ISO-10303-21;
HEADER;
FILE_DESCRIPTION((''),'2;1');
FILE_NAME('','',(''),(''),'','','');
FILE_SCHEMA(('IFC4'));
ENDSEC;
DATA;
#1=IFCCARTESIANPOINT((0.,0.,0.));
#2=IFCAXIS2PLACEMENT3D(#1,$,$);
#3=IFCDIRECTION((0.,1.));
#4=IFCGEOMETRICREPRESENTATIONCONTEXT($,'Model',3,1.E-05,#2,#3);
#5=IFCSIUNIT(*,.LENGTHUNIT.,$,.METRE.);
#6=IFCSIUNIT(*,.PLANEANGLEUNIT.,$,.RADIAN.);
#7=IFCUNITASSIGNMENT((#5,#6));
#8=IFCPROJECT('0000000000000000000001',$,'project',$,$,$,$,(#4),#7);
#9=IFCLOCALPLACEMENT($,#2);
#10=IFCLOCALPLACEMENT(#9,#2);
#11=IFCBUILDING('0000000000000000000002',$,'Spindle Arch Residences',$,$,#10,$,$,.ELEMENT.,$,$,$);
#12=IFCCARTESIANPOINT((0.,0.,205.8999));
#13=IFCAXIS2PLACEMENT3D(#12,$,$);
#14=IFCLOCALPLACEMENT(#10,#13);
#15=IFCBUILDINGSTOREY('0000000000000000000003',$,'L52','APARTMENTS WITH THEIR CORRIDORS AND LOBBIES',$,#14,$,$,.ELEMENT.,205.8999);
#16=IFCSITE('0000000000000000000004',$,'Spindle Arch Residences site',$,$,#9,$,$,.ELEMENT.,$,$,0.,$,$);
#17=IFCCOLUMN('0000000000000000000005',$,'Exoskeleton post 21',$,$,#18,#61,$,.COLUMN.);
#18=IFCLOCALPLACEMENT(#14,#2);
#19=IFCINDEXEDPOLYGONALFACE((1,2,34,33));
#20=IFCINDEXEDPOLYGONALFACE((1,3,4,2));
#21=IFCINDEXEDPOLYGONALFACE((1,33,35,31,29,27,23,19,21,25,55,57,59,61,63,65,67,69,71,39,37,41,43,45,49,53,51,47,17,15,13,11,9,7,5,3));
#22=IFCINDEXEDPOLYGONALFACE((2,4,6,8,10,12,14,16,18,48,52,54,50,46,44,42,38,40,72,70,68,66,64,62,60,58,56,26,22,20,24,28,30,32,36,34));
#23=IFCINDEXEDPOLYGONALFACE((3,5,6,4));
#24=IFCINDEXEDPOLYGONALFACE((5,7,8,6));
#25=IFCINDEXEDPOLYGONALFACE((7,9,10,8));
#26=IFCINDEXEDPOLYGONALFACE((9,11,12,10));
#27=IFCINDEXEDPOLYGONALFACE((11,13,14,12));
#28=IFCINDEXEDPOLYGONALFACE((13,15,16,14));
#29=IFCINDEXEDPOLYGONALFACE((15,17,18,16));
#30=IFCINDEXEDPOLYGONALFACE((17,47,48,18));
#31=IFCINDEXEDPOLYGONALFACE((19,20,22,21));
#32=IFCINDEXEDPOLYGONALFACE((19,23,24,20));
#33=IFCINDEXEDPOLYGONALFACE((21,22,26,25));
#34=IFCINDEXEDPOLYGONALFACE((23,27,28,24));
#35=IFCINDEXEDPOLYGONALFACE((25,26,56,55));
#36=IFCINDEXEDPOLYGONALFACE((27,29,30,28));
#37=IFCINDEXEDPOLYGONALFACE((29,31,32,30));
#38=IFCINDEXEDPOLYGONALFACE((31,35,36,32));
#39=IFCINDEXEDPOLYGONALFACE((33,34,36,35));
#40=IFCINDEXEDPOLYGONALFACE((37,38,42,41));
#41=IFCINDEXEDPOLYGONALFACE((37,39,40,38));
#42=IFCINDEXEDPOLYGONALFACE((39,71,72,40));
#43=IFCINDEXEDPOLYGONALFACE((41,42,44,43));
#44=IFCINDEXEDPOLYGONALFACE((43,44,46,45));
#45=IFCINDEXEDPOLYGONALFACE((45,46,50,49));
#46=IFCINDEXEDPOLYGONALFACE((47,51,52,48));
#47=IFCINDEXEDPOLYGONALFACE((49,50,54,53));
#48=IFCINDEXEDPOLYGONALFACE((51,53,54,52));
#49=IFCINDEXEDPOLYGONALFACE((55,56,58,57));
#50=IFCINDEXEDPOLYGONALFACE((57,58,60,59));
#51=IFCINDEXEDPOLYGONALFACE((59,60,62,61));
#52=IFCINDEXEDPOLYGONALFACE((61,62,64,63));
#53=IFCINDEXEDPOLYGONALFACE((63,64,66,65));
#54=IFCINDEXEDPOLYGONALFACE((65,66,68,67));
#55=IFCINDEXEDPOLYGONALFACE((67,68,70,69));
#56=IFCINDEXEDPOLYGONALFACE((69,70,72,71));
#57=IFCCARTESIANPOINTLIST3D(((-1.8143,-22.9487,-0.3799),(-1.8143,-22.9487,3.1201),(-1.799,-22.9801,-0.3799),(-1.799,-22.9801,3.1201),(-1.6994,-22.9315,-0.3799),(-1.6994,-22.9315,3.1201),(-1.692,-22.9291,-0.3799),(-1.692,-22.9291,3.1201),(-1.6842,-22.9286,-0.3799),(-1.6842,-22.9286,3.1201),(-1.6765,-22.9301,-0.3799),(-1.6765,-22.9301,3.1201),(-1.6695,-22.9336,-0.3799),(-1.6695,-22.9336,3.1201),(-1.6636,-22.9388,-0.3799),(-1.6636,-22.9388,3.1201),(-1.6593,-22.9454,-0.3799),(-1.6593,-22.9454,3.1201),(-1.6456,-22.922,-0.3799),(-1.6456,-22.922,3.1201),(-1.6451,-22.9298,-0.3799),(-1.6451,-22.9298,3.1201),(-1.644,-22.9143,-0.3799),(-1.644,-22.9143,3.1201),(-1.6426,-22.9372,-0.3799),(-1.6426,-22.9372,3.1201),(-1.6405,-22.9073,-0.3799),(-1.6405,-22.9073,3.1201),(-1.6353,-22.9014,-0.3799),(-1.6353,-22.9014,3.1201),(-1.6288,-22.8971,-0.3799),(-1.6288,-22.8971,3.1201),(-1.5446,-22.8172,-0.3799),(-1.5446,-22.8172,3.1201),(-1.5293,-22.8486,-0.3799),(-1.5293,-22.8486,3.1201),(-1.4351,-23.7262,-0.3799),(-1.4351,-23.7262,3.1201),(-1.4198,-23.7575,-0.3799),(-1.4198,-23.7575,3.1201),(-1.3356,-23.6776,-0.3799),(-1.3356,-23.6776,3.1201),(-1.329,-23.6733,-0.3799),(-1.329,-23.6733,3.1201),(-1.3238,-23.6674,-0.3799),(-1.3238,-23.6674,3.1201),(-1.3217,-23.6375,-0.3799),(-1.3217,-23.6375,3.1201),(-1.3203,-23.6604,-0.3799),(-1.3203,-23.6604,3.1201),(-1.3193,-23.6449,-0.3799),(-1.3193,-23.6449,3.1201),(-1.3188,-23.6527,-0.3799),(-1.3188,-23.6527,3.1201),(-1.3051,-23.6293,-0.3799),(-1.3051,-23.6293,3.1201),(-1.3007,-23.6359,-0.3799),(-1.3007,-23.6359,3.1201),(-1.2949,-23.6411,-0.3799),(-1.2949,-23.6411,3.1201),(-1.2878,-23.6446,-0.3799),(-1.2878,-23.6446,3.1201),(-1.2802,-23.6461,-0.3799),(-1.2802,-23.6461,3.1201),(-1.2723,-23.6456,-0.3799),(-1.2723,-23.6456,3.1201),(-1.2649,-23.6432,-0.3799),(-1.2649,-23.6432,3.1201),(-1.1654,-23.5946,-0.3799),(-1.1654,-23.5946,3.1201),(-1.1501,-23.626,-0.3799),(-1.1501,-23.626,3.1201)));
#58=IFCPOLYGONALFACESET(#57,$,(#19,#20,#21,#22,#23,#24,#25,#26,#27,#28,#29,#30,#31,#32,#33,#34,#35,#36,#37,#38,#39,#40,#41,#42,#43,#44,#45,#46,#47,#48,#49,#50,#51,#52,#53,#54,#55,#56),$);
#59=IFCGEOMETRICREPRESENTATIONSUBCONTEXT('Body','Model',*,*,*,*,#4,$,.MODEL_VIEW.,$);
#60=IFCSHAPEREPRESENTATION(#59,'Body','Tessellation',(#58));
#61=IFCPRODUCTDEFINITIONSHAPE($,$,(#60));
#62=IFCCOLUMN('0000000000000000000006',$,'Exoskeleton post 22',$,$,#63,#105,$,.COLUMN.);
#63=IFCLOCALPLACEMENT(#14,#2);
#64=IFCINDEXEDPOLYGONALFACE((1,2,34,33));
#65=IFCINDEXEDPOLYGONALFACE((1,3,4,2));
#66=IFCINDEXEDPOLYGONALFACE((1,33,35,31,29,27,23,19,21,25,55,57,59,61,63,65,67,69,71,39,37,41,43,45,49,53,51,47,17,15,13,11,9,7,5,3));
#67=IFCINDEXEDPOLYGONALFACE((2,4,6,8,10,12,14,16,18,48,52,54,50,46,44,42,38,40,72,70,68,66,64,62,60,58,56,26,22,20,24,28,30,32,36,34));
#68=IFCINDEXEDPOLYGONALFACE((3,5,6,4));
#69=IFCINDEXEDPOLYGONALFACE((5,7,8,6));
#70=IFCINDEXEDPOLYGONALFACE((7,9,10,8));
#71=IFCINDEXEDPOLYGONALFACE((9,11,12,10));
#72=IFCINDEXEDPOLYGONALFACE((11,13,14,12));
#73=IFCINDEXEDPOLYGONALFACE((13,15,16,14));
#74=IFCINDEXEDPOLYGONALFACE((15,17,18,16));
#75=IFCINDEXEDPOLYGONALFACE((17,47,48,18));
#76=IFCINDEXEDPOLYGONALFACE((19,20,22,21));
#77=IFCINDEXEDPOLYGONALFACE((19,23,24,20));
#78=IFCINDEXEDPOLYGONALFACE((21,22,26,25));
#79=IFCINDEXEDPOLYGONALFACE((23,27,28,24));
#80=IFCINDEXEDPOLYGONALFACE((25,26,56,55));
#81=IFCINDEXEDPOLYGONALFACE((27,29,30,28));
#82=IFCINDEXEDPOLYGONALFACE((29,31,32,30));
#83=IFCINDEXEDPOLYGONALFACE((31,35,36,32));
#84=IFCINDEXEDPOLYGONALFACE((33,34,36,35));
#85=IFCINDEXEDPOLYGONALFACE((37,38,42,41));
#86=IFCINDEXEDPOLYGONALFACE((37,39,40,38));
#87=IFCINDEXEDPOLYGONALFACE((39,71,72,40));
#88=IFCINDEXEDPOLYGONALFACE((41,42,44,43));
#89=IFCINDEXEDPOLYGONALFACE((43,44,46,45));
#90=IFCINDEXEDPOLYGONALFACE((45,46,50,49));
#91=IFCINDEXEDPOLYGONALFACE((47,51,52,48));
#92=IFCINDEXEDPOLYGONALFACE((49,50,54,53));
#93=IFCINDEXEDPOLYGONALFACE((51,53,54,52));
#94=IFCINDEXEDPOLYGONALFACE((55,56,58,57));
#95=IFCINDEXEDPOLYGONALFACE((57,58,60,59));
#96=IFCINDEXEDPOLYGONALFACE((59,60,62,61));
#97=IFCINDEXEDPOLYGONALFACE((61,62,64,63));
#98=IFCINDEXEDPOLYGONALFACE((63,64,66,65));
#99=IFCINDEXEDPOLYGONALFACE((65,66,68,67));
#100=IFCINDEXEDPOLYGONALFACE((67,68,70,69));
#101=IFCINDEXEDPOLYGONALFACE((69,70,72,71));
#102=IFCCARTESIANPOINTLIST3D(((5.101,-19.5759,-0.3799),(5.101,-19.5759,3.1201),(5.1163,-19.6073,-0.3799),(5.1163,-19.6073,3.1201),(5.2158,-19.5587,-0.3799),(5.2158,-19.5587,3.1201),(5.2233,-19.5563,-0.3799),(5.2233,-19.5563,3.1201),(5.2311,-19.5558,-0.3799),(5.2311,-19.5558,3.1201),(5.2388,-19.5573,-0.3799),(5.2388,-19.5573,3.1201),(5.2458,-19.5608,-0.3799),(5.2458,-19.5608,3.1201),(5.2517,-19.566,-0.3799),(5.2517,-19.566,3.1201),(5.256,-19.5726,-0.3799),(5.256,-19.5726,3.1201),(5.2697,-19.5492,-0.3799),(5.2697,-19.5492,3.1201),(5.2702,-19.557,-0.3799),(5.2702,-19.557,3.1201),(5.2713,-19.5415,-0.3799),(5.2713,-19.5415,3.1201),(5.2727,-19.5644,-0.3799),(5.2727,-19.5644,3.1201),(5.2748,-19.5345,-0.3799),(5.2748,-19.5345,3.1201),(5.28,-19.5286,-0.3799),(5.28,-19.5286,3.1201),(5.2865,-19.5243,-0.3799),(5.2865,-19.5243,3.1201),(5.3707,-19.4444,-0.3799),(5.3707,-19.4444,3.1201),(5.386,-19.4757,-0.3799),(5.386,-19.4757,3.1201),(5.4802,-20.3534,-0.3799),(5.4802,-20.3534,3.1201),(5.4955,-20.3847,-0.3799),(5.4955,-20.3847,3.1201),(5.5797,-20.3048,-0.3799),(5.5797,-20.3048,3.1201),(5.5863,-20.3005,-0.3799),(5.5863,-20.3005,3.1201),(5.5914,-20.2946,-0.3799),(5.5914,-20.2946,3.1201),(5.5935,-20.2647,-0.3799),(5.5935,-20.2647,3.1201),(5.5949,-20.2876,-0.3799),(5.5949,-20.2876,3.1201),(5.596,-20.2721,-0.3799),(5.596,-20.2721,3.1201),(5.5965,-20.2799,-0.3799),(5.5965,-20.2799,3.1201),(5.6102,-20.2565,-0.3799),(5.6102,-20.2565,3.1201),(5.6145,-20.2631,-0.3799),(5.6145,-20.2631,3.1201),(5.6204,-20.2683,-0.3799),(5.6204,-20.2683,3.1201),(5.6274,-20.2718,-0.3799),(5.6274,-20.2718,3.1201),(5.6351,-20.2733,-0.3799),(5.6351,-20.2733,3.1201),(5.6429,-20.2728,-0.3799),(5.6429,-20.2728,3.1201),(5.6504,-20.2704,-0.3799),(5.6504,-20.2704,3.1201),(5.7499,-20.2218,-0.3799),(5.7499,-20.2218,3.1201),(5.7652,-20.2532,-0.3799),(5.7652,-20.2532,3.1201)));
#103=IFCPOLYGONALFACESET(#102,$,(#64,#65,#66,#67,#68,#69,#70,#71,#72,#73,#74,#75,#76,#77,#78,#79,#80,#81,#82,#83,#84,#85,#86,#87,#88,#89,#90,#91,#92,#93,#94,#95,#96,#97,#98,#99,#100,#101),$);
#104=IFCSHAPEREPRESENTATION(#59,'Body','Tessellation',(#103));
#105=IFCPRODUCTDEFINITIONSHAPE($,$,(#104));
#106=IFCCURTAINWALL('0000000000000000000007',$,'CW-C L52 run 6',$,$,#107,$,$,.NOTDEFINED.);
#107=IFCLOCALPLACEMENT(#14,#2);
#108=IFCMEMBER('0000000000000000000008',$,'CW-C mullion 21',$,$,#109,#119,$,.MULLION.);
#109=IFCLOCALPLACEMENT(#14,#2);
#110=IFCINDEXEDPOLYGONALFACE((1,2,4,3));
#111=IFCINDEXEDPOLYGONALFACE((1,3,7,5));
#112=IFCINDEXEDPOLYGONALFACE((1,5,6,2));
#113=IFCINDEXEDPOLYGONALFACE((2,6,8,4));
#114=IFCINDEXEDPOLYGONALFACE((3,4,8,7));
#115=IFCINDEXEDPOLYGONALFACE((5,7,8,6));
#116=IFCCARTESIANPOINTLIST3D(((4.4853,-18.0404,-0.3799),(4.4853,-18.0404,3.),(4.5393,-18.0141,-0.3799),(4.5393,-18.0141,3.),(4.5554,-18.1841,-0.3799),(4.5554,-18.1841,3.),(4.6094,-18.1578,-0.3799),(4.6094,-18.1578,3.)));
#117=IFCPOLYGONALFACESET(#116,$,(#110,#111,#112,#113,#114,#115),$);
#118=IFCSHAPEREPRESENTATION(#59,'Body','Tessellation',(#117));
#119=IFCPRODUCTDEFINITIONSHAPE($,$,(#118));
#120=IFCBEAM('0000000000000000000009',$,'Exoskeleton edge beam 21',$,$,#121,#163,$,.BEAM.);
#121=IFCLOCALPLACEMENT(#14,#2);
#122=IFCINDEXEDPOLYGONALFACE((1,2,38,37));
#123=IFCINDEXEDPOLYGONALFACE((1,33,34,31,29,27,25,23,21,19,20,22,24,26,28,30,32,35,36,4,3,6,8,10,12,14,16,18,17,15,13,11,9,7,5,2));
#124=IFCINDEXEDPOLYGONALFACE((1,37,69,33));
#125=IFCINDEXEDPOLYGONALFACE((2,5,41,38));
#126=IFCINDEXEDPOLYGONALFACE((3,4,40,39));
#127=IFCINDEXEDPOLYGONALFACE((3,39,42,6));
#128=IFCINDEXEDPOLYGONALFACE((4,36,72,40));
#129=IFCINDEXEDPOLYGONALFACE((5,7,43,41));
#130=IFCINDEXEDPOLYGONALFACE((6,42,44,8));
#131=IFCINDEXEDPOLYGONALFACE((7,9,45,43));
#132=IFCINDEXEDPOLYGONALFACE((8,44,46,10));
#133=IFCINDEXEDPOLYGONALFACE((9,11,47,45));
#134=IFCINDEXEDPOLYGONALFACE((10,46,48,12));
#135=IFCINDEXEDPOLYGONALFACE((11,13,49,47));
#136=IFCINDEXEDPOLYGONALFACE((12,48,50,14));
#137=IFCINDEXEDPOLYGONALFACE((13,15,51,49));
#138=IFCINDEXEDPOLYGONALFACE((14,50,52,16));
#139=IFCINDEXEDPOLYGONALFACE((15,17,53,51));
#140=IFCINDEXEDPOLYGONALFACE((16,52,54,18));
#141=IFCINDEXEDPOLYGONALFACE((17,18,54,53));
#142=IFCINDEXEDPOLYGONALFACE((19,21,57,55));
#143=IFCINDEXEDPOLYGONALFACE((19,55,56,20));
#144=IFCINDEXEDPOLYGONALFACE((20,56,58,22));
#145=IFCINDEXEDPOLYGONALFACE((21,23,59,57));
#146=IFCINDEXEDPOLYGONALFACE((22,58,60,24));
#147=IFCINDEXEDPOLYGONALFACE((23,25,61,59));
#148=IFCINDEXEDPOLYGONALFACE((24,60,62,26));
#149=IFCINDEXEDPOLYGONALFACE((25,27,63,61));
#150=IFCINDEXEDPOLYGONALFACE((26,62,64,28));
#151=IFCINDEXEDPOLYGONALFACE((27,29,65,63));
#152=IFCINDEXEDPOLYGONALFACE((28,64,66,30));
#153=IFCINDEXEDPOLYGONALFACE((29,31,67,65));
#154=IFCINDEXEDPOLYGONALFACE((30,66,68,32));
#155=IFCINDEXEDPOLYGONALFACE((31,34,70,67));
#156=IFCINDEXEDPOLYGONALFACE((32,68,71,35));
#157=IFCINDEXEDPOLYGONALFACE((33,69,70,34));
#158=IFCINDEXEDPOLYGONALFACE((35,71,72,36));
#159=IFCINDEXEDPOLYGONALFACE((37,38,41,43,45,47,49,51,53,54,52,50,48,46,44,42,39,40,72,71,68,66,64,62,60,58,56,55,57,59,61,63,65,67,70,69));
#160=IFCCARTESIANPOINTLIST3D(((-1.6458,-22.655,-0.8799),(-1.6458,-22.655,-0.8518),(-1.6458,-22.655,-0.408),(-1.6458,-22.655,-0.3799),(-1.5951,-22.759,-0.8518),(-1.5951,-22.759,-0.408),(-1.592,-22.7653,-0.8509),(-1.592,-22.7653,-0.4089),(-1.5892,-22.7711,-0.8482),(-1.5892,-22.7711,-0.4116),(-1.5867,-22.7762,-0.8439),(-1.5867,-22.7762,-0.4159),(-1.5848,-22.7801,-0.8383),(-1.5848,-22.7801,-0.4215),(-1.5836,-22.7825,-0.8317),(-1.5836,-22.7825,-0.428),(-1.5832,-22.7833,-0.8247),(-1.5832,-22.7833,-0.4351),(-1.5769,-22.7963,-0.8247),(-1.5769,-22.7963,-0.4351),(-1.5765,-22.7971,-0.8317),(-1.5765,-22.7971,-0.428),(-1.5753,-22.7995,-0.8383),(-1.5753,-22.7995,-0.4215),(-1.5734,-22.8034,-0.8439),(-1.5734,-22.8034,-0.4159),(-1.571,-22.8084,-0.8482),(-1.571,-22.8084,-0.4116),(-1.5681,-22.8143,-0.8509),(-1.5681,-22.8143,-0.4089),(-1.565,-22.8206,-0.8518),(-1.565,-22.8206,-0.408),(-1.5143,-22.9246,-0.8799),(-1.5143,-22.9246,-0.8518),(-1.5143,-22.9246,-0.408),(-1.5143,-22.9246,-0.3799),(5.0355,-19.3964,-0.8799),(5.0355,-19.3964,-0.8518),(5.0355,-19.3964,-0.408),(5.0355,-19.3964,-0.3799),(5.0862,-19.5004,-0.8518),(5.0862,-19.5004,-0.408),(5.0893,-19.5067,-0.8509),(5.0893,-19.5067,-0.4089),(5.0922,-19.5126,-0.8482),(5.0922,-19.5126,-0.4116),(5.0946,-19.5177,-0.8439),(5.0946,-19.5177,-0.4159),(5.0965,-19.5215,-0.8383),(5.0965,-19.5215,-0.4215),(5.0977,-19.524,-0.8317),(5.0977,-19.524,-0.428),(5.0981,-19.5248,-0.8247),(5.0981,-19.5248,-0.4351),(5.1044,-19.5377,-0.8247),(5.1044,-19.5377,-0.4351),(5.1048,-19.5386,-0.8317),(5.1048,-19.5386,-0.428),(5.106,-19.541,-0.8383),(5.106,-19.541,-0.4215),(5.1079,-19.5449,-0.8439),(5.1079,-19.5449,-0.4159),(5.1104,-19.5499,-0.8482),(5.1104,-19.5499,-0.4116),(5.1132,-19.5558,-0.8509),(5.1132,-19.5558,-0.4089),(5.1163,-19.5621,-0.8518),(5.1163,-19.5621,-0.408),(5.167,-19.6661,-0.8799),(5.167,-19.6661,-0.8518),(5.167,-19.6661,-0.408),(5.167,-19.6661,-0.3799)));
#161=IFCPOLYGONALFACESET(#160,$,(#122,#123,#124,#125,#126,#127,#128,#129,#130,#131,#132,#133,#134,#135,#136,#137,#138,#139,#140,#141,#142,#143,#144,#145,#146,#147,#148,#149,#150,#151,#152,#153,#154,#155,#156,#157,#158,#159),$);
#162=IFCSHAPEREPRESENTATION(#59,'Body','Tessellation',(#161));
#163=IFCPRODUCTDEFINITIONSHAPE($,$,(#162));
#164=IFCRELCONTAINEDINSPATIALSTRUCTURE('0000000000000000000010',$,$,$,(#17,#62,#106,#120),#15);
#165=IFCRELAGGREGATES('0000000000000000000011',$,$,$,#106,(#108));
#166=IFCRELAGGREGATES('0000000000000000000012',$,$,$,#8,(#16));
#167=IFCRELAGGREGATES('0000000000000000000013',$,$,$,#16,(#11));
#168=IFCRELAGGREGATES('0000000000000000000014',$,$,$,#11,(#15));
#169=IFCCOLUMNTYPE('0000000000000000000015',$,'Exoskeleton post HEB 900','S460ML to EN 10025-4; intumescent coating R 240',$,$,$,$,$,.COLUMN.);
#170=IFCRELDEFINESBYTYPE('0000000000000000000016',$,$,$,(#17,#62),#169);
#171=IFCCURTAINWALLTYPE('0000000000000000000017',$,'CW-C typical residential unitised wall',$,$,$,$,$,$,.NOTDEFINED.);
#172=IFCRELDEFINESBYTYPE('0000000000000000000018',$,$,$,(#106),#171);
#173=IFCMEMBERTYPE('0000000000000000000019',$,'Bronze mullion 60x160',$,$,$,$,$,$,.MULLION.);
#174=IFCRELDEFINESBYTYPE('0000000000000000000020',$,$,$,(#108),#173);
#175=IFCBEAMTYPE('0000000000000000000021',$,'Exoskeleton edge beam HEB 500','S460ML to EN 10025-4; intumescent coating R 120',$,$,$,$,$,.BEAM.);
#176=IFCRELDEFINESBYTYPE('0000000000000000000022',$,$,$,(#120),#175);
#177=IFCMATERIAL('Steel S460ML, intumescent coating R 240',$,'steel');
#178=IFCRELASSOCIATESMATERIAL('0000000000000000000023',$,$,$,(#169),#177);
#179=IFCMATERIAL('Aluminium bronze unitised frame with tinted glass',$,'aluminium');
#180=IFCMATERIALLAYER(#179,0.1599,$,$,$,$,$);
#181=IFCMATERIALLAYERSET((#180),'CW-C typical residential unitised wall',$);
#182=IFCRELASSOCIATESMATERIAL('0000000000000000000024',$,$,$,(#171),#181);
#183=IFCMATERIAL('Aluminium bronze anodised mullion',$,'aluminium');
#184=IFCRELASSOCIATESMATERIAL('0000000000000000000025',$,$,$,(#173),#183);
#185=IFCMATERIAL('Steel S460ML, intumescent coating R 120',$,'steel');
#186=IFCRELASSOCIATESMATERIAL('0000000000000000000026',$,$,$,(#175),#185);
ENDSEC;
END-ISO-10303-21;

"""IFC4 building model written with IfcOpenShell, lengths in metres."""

from ifc_helpers import new_model, si_unit, direction, frame, origin, origin_2d, place, context, subcontext, project, spatial, rectangle, i_section, extrude, material, layer, layer_set, material_profile, profile_set, type_object, element, aggregate, save


model = new_model("IFC4")

# Units and contexts
model_context = context("Model", 3, precision=1e-05, world=origin(), true_north=direction((0.0, 1.0)))
body_context = subcontext(model_context, "Body", "Model", "MODEL_VIEW")
ifc_project = project(units=[si_unit("LENGTHUNIT", "METRE"), si_unit("PLANEANGLEUNIT", "RADIAN")], contexts=[model_context])

# Site, building, storey
site_placement = place(None, origin())
site = spatial("IfcSite", under=ifc_project, at=site_placement, Name="Spindle Arch Residences site", CompositionType="ELEMENT", RefElevation=0.0)
building_placement = place(site_placement, origin())
building = spatial("IfcBuilding", under=site, at=building_placement, Name="Spindle Arch Residences", CompositionType="ELEMENT")
storey_placement = place(building_placement, frame((0.0, 0.0, 205.8999)))
storey = spatial("IfcBuildingStorey", under=building, at=storey_placement, Name="L52", Description="APARTMENTS WITH THEIR CORRIDORS AND LOBBIES", CompositionType="ELEMENT", Elevation=205.8999)

# Columns
ifc_material_1 = material(Name="Steel S460ML, intumescent coating R 240", Category="steel")
ifc_material_profile_1 = material_profile(ifc_material_1, i_section(OverallWidth=0.3, OverallDepth=0.8999, WebThickness=0.0186, FlangeThickness=0.0349, FilletRadius=0.03, at=origin_2d()), Name="HEB 900")
ifc_profile_set_1 = profile_set([ifc_material_profile_1], Name="Steel S460ML, intumescent coating R 240")
column_type = type_object("IfcColumnType", Name="Exoskeleton post HEB 900", Description="S460ML to EN 10025-4; intumescent coating R 240", PredefinedType="COLUMN", material=ifc_profile_set_1)
for number, where, z_axis, x_axis, name in (
    (1, (-1.4822, -23.2874, -0.3799), (0.0, 0.0, 1.0), (-0.898794, -0.438371, 0.0), "Exoskeleton post 21"),
    (2, (5.4331, -19.9146, -0.3799), (0.0, 0.0, 1.0), (-0.898794, -0.438371, 0.0), "Exoskeleton post 22"),
):
    element("IfcColumn", number, at=place(storey_placement, frame(where, z_axis=z_axis, x_axis=x_axis)), inside=storey, type_object=column_type, Name=name, PredefinedType="COLUMN", context=body_context, shape_type="SweptSolid", body=[
        extrude(i_section(OverallWidth=0.3, OverallDepth=0.8999, WebThickness=0.0186, FlangeThickness=0.0349, FilletRadius=0.03, at=origin_2d()), origin(), (0.0, 0.0, 1.0), 3.5),
    ])

# Curtain wall, member
ifc_material_2 = material(Name="Aluminium bronze unitised frame with tinted glass", Category="aluminium")
ifc_layer_1 = layer(ifc_material_2, 0.1599)
ifc_layer_set_1 = layer_set([ifc_layer_1], Name="CW-C typical residential unitised wall")
curtain_wall_type = type_object("IfcCurtainWallType", Name="CW-C typical residential unitised wall", PredefinedType="NOTDEFINED", material=ifc_layer_set_1)
curtain_wall_placement = place(storey_placement, origin())
curtain_wall = element("IfcCurtainWall", 3, at=curtain_wall_placement, inside=storey, type_object=curtain_wall_type, Name="CW-C L52 run 6", PredefinedType="NOTDEFINED")
ifc_material_3 = material(Name="Aluminium bronze anodised mullion", Category="aluminium")
ifc_material_profile_2 = material_profile(ifc_material_3, rectangle(XDim=0.1599, YDim=0.0601, at=origin_2d()), Name="MU 60x160")
ifc_profile_set_2 = profile_set([ifc_material_profile_2], Name="Aluminium bronze anodised mullion")
member_type = type_object("IfcMemberType", Name="Bronze mullion 60x160", PredefinedType="MULLION", material=ifc_profile_set_2)
member_placement = place(storey_placement, frame((4.5474, -18.0991, -0.3799), z_axis=(0.0, 0.0, 1.0), x_axis=(-0.438371, 0.898794, 0.0)))
member = element("IfcMember", 4, at=member_placement, type_object=member_type, Name="CW-C mullion 21", PredefinedType="MULLION", context=body_context, shape_type="SweptSolid", body=[
    extrude(rectangle(XDim=0.1599, YDim=0.0601, at=origin_2d()), origin(), (0.0, 0.0, 1.0), 3.3799),
])

# Beam
ifc_material_4 = material(Name="Steel S460ML, intumescent coating R 120", Category="steel")
ifc_material_profile_3 = material_profile(ifc_material_4, i_section(OverallWidth=0.3, OverallDepth=0.5, WebThickness=0.0144, FlangeThickness=0.0281, FilletRadius=0.0271, at=origin_2d()), Name="HEB 500")
ifc_profile_set_3 = profile_set([ifc_material_profile_3], Name="Steel S460ML, intumescent coating R 120")
beam_type_1 = type_object("IfcBeamType", Name="Exoskeleton edge beam HEB 500", Description="S460ML to EN 10025-4; intumescent coating R 120", PredefinedType="BEAM", material=ifc_profile_set_3)
beam_1_placement = place(storey_placement, frame((-1.5801, -22.7898, -0.6299), z_axis=(0.898804, 0.438351, 0.0), x_axis=(-0.438351, 0.898804, 0.0)))
element("IfcBeam", 5, at=beam_1_placement, inside=storey, type_object=beam_type_1, Name="Exoskeleton edge beam 21", PredefinedType="BEAM", context=body_context, shape_type="SweptSolid", body=[
    extrude(i_section(OverallWidth=0.3, OverallDepth=0.5, WebThickness=0.0144, FlangeThickness=0.0281, FilletRadius=0.0271, at=origin_2d()), origin(), (0.0, 0.0, 1.0), 7.4336),
])

aggregate(curtain_wall, [member])

save(model, "model.ifc")
